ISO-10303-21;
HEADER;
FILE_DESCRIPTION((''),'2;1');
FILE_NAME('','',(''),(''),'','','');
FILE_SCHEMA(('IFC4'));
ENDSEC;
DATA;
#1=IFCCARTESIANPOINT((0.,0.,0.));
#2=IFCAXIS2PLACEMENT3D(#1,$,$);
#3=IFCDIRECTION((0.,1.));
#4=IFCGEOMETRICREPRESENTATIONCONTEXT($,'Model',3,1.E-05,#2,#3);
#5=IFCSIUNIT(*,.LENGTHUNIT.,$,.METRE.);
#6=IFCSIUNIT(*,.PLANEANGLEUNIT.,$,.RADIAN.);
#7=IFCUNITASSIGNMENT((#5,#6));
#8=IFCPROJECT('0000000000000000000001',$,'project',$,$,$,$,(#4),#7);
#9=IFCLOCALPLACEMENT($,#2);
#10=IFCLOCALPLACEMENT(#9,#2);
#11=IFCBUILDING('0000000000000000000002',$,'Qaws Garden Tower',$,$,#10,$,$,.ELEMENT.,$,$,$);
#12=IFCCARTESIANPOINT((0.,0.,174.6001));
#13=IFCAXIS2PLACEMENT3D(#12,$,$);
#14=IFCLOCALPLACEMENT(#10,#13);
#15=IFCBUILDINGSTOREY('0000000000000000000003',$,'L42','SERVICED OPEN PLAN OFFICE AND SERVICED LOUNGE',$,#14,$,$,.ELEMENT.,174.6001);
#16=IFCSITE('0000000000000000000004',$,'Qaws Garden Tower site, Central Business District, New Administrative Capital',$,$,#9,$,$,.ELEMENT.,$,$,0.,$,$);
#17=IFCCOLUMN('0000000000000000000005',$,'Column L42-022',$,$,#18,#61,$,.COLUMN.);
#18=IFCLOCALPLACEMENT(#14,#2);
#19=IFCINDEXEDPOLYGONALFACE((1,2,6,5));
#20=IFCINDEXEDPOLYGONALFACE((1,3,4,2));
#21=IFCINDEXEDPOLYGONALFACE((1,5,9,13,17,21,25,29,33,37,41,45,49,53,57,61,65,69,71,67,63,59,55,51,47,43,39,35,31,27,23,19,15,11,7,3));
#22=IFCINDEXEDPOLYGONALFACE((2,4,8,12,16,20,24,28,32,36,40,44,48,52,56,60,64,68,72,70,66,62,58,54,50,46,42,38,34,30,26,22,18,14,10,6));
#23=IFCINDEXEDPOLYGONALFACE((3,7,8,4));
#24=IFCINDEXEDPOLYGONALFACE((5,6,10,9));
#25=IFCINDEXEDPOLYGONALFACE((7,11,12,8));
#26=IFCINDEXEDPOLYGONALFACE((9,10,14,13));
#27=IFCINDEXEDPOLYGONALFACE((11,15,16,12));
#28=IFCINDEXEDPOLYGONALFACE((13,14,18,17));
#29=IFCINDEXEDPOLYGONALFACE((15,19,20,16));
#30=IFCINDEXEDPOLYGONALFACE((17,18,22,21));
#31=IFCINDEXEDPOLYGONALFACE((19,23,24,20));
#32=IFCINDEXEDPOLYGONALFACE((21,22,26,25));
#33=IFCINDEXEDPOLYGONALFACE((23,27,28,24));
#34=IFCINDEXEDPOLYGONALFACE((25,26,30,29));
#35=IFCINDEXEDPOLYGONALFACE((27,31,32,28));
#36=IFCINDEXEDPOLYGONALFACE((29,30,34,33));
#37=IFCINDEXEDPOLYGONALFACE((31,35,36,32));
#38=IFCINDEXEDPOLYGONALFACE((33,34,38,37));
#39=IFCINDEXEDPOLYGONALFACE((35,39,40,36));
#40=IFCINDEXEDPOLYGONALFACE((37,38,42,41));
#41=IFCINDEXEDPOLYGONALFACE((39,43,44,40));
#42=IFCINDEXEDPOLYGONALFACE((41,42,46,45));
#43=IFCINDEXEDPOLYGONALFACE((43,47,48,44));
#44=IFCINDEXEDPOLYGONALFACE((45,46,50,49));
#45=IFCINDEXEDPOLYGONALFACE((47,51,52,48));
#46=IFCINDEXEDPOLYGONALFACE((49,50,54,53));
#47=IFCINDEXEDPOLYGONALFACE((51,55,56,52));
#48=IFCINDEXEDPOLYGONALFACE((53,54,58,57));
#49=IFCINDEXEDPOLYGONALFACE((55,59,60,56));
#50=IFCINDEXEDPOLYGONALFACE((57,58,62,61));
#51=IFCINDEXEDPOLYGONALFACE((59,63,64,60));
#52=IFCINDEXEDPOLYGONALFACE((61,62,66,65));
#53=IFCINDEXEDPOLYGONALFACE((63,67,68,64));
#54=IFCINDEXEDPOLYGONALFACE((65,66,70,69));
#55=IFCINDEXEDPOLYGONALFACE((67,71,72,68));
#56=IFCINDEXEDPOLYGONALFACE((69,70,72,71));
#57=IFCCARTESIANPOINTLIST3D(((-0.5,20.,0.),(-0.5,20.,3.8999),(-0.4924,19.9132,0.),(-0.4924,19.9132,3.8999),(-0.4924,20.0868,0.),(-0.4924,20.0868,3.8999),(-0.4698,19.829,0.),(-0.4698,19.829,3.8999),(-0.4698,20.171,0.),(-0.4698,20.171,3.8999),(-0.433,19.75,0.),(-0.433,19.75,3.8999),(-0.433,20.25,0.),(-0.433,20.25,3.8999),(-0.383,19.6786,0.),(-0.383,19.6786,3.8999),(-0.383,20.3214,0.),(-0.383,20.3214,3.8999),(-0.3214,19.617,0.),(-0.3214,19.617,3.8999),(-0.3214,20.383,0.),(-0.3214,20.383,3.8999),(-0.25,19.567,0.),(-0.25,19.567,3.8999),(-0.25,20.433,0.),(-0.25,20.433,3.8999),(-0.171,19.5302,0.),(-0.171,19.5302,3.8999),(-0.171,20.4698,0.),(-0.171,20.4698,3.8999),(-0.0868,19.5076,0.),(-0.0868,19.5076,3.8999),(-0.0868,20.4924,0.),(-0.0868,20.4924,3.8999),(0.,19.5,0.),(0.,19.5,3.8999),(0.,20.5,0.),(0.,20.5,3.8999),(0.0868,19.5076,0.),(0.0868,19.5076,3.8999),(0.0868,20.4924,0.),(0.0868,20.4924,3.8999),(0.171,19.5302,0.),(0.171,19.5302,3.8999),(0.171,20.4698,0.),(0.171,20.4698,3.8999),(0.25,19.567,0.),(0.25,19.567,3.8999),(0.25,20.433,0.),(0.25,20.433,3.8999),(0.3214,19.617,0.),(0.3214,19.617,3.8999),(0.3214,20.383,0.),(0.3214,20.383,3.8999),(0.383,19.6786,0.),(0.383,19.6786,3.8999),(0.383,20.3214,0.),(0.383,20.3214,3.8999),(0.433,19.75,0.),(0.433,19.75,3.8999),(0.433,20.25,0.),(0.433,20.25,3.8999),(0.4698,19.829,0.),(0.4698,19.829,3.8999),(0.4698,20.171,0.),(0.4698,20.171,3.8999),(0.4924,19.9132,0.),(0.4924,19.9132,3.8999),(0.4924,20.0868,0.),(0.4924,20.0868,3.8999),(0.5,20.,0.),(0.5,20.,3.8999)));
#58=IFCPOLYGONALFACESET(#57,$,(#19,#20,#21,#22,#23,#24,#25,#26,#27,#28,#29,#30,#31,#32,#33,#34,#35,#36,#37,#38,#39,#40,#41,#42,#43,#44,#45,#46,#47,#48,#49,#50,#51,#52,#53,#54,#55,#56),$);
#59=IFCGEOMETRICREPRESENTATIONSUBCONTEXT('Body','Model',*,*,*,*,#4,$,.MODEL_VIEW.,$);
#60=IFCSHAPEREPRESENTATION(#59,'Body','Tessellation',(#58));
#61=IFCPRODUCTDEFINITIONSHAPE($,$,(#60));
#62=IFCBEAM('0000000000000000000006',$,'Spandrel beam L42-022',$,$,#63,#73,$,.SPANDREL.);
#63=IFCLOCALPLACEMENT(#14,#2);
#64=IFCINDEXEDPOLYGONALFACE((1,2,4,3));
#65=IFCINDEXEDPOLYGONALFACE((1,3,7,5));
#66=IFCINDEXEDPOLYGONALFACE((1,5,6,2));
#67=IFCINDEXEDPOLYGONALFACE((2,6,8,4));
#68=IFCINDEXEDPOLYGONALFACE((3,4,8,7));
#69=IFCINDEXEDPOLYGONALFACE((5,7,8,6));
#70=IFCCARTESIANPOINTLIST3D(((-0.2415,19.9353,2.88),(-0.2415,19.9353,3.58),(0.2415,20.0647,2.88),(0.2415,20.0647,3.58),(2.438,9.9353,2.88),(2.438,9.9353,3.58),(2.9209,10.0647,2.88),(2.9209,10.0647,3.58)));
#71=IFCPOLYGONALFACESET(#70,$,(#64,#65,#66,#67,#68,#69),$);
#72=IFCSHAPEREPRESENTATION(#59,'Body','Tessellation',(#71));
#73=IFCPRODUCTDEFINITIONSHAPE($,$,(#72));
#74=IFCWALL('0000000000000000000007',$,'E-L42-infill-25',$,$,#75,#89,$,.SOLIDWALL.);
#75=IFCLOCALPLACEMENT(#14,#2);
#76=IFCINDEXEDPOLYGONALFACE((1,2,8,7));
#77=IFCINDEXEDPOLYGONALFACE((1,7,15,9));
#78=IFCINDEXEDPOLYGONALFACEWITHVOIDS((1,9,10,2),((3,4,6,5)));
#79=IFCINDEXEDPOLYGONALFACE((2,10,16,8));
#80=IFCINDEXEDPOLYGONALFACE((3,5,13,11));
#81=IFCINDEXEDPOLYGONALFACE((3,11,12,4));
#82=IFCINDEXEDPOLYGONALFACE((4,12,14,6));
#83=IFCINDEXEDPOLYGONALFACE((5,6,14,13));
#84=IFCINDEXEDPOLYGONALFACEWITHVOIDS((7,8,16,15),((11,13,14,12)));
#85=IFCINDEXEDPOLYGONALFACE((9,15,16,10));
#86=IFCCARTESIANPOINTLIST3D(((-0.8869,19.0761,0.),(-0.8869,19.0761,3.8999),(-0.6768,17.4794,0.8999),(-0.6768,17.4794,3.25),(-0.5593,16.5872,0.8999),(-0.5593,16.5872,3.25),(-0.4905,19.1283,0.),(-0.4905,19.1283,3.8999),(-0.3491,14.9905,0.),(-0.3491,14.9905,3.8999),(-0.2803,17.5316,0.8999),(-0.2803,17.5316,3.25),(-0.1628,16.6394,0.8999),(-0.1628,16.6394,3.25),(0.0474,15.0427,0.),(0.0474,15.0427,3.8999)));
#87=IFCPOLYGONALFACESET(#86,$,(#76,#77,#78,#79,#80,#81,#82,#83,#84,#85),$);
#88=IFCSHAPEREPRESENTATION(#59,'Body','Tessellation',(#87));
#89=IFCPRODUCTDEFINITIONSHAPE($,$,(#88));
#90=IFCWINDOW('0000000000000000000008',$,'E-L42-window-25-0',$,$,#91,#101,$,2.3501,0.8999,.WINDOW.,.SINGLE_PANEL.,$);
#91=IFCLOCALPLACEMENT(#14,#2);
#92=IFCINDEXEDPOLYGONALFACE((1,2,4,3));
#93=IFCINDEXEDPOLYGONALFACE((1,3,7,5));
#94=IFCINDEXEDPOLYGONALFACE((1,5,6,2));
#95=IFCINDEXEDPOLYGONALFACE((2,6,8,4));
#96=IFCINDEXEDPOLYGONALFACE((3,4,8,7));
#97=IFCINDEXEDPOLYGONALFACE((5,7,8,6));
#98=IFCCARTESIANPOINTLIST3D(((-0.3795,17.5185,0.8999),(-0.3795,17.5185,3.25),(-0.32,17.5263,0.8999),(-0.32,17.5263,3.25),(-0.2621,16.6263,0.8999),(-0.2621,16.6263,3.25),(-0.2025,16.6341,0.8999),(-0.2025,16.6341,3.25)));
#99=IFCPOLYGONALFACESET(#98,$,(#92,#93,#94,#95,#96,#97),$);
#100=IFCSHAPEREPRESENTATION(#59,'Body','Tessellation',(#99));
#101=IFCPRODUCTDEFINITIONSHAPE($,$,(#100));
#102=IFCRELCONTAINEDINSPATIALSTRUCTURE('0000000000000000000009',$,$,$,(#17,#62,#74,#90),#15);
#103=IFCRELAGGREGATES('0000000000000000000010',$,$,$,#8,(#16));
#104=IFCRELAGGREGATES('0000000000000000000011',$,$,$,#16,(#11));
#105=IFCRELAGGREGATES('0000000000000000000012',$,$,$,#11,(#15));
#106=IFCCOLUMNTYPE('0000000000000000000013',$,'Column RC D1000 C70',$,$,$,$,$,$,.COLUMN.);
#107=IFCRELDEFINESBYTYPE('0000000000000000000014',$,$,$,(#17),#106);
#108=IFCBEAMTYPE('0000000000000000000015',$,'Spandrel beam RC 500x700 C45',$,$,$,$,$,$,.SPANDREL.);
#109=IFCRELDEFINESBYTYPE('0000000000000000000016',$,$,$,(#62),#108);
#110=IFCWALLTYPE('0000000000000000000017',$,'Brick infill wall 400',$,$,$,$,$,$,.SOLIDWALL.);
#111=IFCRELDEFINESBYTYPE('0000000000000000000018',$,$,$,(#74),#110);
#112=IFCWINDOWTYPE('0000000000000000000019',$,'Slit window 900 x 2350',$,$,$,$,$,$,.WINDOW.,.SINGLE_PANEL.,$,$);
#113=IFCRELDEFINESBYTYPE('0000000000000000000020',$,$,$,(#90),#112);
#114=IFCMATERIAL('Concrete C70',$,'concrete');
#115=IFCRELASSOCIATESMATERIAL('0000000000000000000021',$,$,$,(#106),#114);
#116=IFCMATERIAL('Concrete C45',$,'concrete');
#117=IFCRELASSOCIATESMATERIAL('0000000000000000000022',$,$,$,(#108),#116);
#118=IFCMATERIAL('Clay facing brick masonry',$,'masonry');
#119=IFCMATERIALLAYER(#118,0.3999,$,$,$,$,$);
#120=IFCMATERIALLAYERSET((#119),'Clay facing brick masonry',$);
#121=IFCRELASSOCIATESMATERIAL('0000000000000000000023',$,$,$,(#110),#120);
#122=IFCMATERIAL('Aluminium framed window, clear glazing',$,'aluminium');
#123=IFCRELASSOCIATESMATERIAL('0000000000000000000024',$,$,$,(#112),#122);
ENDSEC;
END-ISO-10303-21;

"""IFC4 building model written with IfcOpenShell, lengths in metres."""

from ifc_helpers import new_model, si_unit, direction, frame, frame_2d, origin, origin_2d, place, context, subcontext, project, spatial, rectangle, circle, extrude, material, layer, layer_set, material_profile, profile_set, type_object, element, fill, save


model = new_model("IFC4")

# Units and contexts
model_context = context("Model", 3, precision=1e-05, world=origin(), true_north=direction((0.0, 1.0)))
body_context = subcontext(model_context, "Body", "Model", "MODEL_VIEW")
ifc_project = project(units=[si_unit("LENGTHUNIT", "METRE"), si_unit("PLANEANGLEUNIT", "RADIAN")], contexts=[model_context])

# Site, building, storey
site_placement = place(None, origin())
site = spatial("IfcSite", under=ifc_project, at=site_placement, Name="Qaws Garden Tower site, Central Business District, New Administrative Capital", CompositionType="ELEMENT", RefElevation=0.0)
building_placement = place(site_placement, origin())
building = spatial("IfcBuilding", under=site, at=building_placement, Name="Qaws Garden Tower", CompositionType="ELEMENT")
storey_placement = place(building_placement, frame((0.0, 0.0, 174.6001)))
storey = spatial("IfcBuildingStorey", under=building, at=storey_placement, Name="L42", Description="SERVICED OPEN PLAN OFFICE AND SERVICED LOUNGE", CompositionType="ELEMENT", Elevation=174.6001)

# Column
ifc_material_1 = material(Name="Concrete C70", Category="concrete")
ifc_material_profile_1 = material_profile(ifc_material_1, circle(Radius=0.5, at=origin_2d()), Name="RC D1000")
ifc_profile_set_1 = profile_set([ifc_material_profile_1], Name="Concrete C70")
column_type = type_object("IfcColumnType", Name="Column RC D1000 C70", PredefinedType="COLUMN", material=ifc_profile_set_1)
column_placement = place(storey_placement, frame((0.0, 20.0, 0.0), z_axis=(0.0, 0.0, 1.0), x_axis=(1.0, 0.0, 0.0)))
element("IfcColumn", 1, at=column_placement, inside=storey, type_object=column_type, Name="Column L42-022", PredefinedType="COLUMN", context=body_context, shape_type="SweptSolid", body=[
    extrude(circle(Radius=0.5, at=origin_2d()), origin(), (0.0, 0.0, 1.0), 3.8999),
])

# Beam
ifc_material_2 = material(Name="Concrete C45", Category="concrete")
ifc_material_profile_2 = material_profile(ifc_material_2, rectangle(XDim=0.5, YDim=0.7, at=origin_2d()), Name="RC 500x700")
ifc_profile_set_2 = profile_set([ifc_material_profile_2], Name="Concrete C45")
beam_type = type_object("IfcBeamType", Name="Spandrel beam RC 500x700 C45", PredefinedType="SPANDREL", material=ifc_profile_set_2)
beam_placement = place(storey_placement, frame((0.0, 20.0, 3.23), z_axis=(0.258815, -0.965927, 0.0), x_axis=(0.965927, 0.258815, 0.0)))
element("IfcBeam", 2, at=beam_placement, inside=storey, type_object=beam_type, Name="Spandrel beam L42-022", PredefinedType="SPANDREL", context=body_context, shape_type="SweptSolid", body=[
    extrude(rectangle(XDim=0.5, YDim=0.7, at=origin_2d()), origin(), (0.0, 0.0, 1.0), 10.3528),
])

# Wall, opening, window
ifc_material_3 = material(Name="Clay facing brick masonry", Category="masonry")
ifc_layer_1 = layer(ifc_material_3, 0.3999)
ifc_layer_set_1 = layer_set([ifc_layer_1], Name="Clay facing brick masonry")
wall_type_1 = type_object("IfcWallType", Name="Brick infill wall 400", PredefinedType="SOLIDWALL", material=ifc_layer_set_1)
wall_1_placement = place(storey_placement, frame((-0.6887, 19.1023, 0.0), z_axis=(0.0, 0.0, 1.0), x_axis=(0.130514, -0.991446, 0.0)))
wall_1 = element("IfcWall", 3, at=wall_1_placement, inside=storey, type_object=wall_type_1, Name="E-L42-infill-25", PredefinedType="SOLIDWALL", context=body_context, shape_type="SweptSolid", body=[
    extrude(rectangle(XDim=4.1208, YDim=0.3999, at=frame_2d((2.0605, 0.0))), origin(), (0.0, 0.0, 1.0), 3.8999),
])
opening_1_placement = place(wall_1_placement, frame((1.6106, 0.0, 0.8999)))
opening_1 = element("IfcOpeningElement", 4, at=opening_1_placement, cuts=wall_1, PredefinedType="OPENING", context=body_context, shape_type="SweptSolid", body=[
    extrude(rectangle(XDim=0.8999, YDim=2.3501, at=frame_2d((0.45, 1.175))), frame((0.0, 0.21, 0.0), z_axis=(0.0, -1.0, 0.0), x_axis=(1.0, 0.0, 0.0)), (0.0, 0.0, 1.0), 0.4199),
])
ifc_material_4 = material(Name="Aluminium framed window, clear glazing", Category="aluminium")
window_type = type_object("IfcWindowType", Name="Slit window 900 x 2350", PartitioningType="SINGLE_PANEL", PredefinedType="WINDOW", material=ifc_material_4)
window_placement = place(opening_1_placement, origin())
window = element("IfcWindow", 5, at=window_placement, inside=storey, type_object=window_type, Name="E-L42-window-25-0", OverallHeight=2.3501, OverallWidth=0.8999, PartitioningType="SINGLE_PANEL", PredefinedType="WINDOW", context=body_context, shape_type="SweptSolid", body=[
    extrude(rectangle(XDim=0.8999, YDim=2.3501, at=frame_2d((0.45, 1.175))), frame((0.0, 0.1599, 0.0), z_axis=(0.0, -1.0, 0.0), x_axis=(1.0, 0.0, 0.0)), (0.0, 0.0, 1.0), 0.0601),
])
fill(opening_1, window)

save(model, "model.ifc")
